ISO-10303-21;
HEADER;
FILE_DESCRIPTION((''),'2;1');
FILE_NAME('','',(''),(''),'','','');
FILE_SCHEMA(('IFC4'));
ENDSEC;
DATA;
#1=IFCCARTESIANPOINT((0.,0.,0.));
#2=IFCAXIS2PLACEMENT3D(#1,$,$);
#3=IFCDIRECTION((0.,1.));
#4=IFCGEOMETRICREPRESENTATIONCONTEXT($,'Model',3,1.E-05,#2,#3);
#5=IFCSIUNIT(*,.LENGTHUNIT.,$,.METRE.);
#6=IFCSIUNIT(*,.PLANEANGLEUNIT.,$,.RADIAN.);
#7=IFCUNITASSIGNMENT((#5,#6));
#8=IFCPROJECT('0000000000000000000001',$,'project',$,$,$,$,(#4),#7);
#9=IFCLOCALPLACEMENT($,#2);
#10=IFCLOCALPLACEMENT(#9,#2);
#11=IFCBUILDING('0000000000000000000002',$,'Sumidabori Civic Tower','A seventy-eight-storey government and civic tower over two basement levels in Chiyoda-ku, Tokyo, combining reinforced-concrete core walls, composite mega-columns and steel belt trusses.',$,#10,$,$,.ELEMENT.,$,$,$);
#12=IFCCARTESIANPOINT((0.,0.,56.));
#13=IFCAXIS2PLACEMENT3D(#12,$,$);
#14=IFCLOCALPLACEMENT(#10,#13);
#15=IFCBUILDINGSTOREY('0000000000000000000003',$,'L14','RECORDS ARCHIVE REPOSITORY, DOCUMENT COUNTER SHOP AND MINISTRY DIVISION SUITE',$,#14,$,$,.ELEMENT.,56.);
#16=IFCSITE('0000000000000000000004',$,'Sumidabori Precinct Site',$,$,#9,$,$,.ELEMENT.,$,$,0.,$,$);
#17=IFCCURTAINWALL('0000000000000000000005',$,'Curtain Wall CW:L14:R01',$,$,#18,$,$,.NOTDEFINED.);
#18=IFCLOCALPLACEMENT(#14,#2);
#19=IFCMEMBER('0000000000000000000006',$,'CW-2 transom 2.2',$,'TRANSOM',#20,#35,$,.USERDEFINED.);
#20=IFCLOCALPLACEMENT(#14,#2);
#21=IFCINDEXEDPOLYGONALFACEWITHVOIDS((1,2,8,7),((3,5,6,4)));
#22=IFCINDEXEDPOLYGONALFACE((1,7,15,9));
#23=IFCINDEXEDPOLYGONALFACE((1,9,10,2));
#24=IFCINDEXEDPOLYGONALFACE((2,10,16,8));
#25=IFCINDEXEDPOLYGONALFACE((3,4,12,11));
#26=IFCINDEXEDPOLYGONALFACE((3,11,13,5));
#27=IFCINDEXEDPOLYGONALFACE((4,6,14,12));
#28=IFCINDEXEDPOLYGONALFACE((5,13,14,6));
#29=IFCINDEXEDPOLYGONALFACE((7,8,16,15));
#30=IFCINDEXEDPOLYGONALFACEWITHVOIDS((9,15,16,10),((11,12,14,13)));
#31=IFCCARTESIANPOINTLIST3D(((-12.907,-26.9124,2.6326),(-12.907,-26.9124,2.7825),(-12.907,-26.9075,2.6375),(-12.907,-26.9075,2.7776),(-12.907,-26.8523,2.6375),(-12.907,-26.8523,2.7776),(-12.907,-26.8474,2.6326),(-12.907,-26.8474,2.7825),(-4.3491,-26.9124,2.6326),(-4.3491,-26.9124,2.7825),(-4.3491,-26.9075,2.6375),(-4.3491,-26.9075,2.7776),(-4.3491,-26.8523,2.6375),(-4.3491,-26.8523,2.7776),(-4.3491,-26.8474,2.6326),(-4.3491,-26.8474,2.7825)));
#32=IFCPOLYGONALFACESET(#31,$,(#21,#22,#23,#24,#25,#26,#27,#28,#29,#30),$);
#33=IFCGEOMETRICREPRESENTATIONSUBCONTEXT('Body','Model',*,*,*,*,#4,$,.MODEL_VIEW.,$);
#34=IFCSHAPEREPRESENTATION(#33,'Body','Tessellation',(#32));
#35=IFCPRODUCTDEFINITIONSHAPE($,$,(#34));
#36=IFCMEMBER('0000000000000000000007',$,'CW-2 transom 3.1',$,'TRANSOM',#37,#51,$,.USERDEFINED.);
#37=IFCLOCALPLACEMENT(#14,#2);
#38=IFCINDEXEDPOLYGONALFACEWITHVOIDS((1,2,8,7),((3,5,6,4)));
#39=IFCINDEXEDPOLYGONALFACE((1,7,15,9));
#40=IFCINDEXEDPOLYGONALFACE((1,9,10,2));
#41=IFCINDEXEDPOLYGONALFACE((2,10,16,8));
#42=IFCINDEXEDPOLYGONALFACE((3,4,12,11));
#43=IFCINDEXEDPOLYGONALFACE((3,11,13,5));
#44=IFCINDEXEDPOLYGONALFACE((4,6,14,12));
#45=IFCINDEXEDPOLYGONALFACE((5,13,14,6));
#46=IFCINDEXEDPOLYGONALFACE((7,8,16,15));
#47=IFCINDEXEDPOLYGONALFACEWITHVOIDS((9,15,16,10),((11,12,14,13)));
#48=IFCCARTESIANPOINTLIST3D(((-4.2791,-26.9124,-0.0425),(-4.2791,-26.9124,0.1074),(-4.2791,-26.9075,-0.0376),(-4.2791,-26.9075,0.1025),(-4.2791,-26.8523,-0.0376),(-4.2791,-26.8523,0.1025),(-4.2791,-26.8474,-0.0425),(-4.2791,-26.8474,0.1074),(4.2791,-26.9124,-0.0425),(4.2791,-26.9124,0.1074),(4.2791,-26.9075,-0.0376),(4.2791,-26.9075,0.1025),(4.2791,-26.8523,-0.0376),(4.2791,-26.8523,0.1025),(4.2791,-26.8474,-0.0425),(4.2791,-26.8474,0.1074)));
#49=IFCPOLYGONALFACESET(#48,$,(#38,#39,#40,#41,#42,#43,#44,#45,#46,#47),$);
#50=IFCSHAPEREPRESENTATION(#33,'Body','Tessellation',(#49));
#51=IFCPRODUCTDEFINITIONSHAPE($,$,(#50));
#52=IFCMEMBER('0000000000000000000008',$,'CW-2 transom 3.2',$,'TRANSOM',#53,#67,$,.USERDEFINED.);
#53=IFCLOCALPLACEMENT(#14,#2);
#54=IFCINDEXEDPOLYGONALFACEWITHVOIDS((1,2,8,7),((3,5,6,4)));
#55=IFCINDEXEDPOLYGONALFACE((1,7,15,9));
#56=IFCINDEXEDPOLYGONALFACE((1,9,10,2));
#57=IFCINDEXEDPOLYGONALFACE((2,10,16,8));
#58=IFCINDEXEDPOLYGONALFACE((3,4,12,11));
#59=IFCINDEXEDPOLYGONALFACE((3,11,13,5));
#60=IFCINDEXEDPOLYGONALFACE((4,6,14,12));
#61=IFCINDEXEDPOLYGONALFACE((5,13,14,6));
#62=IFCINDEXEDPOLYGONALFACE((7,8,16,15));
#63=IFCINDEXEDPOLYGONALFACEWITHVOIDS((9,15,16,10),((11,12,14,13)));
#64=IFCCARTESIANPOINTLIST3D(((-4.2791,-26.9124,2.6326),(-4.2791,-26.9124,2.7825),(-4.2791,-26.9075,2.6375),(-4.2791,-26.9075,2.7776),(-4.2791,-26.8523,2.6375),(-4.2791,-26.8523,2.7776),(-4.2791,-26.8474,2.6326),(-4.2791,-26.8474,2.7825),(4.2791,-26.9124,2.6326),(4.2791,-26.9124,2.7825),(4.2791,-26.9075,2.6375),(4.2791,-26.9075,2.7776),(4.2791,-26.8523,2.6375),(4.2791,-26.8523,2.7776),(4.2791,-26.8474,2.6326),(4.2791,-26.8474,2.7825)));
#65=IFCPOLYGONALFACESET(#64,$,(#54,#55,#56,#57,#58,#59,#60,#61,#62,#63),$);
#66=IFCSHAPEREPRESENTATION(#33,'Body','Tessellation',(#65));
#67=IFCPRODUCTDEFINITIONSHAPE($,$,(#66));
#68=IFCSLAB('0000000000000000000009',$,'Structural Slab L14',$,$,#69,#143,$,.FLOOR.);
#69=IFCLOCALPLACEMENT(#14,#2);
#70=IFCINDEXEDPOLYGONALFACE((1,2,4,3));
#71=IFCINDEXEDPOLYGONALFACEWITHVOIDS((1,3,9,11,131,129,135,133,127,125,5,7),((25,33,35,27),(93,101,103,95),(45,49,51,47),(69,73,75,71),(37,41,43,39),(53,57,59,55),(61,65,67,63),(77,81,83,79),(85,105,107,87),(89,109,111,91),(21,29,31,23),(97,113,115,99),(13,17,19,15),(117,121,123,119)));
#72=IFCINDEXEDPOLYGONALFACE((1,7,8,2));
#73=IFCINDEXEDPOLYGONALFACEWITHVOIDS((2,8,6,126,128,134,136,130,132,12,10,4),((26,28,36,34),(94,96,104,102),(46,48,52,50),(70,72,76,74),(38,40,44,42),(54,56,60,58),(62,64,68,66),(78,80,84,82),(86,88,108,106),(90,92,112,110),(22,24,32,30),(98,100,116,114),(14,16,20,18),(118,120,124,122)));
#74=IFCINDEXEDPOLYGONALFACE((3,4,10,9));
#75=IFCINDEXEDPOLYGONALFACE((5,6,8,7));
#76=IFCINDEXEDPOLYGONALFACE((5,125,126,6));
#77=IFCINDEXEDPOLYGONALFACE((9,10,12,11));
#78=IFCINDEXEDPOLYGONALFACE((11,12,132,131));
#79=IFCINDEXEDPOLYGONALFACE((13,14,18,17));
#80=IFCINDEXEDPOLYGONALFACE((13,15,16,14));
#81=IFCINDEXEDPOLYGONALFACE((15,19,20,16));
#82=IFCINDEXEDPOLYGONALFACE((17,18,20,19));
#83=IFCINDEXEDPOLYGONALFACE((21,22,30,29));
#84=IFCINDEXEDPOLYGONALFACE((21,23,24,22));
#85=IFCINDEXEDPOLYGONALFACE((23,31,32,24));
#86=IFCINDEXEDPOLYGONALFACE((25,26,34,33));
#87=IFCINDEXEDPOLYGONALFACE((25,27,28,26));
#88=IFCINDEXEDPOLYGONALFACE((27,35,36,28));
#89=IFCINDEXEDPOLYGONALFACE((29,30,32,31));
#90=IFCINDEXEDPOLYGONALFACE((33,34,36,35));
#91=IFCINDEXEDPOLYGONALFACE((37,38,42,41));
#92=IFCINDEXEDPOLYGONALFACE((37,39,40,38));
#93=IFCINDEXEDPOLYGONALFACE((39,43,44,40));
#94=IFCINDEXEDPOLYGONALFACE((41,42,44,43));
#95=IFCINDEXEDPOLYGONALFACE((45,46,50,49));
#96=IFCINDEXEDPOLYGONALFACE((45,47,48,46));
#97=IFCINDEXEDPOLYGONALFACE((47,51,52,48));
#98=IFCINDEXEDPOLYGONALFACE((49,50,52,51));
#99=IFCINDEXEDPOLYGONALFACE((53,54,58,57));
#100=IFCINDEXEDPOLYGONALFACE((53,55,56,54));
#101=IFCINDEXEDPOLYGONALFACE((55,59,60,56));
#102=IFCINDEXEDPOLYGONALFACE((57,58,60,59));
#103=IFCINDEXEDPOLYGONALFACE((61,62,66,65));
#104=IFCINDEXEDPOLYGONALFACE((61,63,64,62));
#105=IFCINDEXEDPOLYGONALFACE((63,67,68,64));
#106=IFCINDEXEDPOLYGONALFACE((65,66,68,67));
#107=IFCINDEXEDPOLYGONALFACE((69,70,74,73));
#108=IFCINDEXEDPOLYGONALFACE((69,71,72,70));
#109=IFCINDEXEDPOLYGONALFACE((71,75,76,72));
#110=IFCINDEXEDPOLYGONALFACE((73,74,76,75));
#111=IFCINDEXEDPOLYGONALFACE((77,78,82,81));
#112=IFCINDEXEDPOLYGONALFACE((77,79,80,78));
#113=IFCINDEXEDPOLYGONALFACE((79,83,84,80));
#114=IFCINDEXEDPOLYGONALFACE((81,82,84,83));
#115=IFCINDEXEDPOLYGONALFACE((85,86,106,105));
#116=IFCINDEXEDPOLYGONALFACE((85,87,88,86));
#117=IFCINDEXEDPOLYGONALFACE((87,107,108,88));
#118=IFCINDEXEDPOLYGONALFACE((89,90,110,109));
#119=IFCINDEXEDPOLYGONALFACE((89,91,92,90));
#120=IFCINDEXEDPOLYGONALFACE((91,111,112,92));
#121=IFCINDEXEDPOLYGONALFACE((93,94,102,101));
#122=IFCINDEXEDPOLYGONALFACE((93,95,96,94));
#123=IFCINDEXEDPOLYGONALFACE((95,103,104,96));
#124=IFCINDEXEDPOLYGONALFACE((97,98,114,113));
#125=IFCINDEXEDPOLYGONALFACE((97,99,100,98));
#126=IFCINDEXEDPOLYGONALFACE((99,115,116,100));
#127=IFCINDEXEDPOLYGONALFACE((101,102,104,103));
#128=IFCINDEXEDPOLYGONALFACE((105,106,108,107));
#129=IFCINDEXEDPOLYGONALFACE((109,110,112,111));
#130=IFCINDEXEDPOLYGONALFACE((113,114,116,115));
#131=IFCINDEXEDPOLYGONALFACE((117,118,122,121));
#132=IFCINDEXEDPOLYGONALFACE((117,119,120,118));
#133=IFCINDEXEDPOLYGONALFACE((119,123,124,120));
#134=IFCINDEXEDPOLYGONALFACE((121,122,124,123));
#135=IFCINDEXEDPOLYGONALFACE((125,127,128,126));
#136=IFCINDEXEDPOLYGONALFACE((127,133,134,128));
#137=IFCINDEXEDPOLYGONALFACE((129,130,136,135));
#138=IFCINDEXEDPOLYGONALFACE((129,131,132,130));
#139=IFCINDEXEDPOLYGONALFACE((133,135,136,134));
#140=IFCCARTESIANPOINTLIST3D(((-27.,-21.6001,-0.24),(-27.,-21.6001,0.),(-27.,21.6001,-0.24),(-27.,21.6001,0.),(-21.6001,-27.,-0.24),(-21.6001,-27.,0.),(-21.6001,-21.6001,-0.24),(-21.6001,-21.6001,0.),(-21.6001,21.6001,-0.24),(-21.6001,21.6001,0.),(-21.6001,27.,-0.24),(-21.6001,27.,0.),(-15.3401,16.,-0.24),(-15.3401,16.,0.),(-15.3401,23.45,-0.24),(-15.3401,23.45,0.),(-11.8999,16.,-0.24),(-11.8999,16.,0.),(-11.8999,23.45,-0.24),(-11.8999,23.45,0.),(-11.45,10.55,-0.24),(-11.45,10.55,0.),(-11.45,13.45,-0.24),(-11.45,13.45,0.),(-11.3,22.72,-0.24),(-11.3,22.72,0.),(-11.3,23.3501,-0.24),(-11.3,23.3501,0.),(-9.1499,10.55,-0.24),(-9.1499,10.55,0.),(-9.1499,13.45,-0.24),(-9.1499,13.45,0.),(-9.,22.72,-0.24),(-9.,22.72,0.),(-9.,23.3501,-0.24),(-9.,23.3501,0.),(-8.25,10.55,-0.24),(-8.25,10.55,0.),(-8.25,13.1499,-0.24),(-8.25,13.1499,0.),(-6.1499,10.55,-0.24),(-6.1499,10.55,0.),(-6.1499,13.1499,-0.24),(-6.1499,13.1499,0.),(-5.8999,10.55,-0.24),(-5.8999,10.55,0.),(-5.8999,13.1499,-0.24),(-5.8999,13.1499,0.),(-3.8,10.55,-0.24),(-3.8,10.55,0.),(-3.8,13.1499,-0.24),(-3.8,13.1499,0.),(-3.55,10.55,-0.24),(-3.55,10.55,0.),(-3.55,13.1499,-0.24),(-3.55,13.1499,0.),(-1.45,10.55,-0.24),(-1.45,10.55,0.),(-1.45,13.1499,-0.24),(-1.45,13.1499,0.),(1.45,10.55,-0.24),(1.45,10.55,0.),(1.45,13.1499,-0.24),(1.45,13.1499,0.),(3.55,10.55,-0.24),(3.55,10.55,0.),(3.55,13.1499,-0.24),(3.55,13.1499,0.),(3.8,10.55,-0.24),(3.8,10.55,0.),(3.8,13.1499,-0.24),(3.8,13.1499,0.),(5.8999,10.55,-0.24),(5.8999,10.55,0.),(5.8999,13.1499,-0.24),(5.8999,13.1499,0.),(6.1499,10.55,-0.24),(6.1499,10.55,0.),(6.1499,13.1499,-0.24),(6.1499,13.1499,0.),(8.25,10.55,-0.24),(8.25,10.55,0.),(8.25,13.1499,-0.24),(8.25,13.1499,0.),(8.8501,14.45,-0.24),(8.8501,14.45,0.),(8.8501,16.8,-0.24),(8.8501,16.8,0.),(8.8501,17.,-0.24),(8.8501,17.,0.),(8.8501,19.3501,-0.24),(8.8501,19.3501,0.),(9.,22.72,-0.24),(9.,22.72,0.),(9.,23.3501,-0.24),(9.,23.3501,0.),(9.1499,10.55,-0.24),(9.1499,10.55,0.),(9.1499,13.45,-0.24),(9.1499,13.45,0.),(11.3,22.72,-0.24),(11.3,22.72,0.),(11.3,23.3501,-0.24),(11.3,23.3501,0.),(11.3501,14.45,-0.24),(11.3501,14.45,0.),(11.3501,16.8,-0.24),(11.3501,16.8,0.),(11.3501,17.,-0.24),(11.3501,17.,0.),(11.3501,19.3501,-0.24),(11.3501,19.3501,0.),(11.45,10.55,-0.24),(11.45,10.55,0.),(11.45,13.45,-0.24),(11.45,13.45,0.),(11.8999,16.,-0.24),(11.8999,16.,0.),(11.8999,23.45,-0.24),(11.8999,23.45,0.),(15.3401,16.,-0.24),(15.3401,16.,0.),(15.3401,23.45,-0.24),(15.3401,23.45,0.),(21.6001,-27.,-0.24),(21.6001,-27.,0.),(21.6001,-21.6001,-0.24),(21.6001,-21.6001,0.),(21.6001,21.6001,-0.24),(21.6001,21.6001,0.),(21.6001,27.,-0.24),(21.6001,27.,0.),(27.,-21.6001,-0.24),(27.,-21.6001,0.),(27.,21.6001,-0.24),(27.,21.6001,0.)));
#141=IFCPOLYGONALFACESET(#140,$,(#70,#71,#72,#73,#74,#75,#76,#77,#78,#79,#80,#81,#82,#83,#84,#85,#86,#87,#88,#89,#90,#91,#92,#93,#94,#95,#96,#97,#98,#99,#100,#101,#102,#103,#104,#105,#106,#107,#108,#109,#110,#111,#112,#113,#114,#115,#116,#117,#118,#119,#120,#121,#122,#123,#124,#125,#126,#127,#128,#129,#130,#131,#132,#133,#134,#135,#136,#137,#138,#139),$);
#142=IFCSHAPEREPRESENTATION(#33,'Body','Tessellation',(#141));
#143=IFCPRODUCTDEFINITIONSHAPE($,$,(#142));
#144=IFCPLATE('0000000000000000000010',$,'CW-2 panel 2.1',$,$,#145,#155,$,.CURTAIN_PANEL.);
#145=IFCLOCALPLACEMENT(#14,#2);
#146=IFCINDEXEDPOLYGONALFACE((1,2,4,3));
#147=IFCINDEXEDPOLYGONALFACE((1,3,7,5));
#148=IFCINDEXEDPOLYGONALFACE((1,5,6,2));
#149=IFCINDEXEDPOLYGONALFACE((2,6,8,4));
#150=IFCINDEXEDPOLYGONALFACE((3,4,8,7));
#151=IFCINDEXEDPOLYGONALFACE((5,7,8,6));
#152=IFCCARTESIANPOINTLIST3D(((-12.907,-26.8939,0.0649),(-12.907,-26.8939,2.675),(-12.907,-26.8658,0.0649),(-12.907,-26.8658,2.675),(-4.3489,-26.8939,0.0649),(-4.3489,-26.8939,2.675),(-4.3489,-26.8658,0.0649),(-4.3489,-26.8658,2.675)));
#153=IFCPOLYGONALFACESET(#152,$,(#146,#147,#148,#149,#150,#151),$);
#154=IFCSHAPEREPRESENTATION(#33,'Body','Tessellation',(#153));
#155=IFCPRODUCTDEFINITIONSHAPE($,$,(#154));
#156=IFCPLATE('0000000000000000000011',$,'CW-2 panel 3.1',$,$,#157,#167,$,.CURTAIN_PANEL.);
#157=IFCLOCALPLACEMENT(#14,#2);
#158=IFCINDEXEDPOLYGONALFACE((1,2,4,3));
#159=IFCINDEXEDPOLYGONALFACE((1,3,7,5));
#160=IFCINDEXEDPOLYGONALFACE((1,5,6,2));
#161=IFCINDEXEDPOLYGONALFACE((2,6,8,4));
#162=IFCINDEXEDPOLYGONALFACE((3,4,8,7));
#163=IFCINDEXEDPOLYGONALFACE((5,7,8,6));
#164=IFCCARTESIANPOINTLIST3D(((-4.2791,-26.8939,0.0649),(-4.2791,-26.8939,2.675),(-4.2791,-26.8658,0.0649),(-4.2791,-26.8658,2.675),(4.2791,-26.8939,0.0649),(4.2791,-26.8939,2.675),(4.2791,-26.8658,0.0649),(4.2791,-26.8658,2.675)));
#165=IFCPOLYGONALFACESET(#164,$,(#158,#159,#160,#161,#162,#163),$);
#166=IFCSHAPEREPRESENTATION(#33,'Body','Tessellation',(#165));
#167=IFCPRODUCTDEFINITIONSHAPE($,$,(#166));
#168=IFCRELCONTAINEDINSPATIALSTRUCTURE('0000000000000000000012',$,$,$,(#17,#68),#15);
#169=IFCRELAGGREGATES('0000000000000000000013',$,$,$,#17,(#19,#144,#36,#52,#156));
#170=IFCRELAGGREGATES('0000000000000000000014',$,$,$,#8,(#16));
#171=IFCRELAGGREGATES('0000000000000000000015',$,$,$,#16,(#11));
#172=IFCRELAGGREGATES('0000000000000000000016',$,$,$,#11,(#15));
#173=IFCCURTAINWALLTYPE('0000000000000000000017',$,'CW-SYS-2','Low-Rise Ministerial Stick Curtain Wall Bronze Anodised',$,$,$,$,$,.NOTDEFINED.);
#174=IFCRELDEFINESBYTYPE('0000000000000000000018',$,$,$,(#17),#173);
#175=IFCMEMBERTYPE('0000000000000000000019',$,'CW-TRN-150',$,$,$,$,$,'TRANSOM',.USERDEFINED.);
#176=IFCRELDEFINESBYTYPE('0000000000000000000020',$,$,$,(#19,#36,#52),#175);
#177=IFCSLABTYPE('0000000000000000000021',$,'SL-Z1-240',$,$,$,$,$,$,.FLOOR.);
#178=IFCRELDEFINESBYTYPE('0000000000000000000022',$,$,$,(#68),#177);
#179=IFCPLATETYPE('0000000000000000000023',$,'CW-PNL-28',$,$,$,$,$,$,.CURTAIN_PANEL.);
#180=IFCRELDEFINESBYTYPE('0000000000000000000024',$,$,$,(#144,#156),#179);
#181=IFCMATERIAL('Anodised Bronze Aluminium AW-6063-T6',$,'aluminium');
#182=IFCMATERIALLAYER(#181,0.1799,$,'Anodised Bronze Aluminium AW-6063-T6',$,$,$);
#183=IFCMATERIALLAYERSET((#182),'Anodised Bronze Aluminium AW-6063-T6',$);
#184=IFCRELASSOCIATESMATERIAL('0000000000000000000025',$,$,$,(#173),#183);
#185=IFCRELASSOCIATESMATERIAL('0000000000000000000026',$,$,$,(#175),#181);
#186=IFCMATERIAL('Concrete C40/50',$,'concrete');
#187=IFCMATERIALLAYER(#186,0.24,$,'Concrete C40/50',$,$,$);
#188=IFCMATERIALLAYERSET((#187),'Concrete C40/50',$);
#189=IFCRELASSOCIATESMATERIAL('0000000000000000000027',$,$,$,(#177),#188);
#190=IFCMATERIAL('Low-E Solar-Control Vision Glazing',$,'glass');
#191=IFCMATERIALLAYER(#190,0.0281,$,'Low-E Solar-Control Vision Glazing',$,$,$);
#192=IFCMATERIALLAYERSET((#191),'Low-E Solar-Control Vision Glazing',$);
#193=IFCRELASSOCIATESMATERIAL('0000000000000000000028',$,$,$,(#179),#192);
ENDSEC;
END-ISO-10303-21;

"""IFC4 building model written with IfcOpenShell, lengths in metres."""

from ifc_helpers import new_model, si_unit, direction, frame, origin, origin_2d, place, context, subcontext, project, spatial, polyline, rectangle, hollow_rectangle, outline, extrude, source, transform, mapped, material, layer, layer_set, material_profile, profile_set, type_object, element, aggregate, save


model = new_model("IFC4")

# Units and contexts
model_context = context("Model", 3, precision=1e-05, world=origin(), true_north=direction((0.0, 1.0)))
body_context = subcontext(model_context, "Body", "Model", "MODEL_VIEW")
ifc_project = project(units=[si_unit("LENGTHUNIT", "METRE"), si_unit("PLANEANGLEUNIT", "RADIAN")], contexts=[model_context])

# Site, building, storey
site_placement = place(None, origin())
site = spatial("IfcSite", under=ifc_project, at=site_placement, Name="Sumidabori Precinct Site", CompositionType="ELEMENT", RefElevation=0.0)
building_placement = place(site_placement, origin())
building = spatial("IfcBuilding", under=site, at=building_placement, Name="Sumidabori Civic Tower", Description="A seventy-eight-storey government and civic tower over two basement levels in Chiyoda-ku, Tokyo, combining reinforced-concrete core walls, composite mega-columns and steel belt trusses.", CompositionType="ELEMENT")
storey_placement = place(building_placement, frame((0.0, 0.0, 56.0)))
storey = spatial("IfcBuildingStorey", under=building, at=storey_placement, Name="L14", Description="RECORDS ARCHIVE REPOSITORY, DOCUMENT COUNTER SHOP AND MINISTRY DIVISION SUITE", CompositionType="ELEMENT", Elevation=56.0)

# Curtain wall, members
ifc_material_1 = material(Name="Anodised Bronze Aluminium AW-6063-T6", Category="aluminium")
ifc_layer_1 = layer(ifc_material_1, 0.1799, Name="Anodised Bronze Aluminium AW-6063-T6")
ifc_layer_set_1 = layer_set([ifc_layer_1], Name="Anodised Bronze Aluminium AW-6063-T6")
curtain_wall_type = type_object("IfcCurtainWallType", Name="CW-SYS-2", Description="Low-Rise Ministerial Stick Curtain Wall Bronze Anodised", PredefinedType="NOTDEFINED", material=ifc_layer_set_1)
curtain_wall_placement = place(storey_placement, origin())
curtain_wall = element("IfcCurtainWall", 1, at=curtain_wall_placement, inside=storey, type_object=curtain_wall_type, Name="Curtain Wall CW:L14:R01", PredefinedType="NOTDEFINED")
ifc_material_profile_1 = material_profile(ifc_material_1, hollow_rectangle(XDim=0.0649, YDim=0.1499, WallThickness=0.0049, at=origin_2d()), Name="ALU TRANSOM 150x65")
ifc_profile_set_1 = profile_set([ifc_material_profile_1], Name="Anodised Bronze Aluminium AW-6063-T6")
member_type_1 = type_object("IfcMemberType", Name="CW-TRN-150", ElementType="TRANSOM", PredefinedType="USERDEFINED", material=ifc_profile_set_1)
shared_shape_1 = source(origin(), body_context, "Body", "SweptSolid", [
    extrude(hollow_rectangle(XDim=0.0649, YDim=0.1499, WallThickness=0.0049, at=origin_2d()), origin(), (0.0, 0.0, 1.0), 8.5579),
])
member_1_placement = place(storey_placement, frame((-12.907, -26.8799, 2.7075), z_axis=(1.0, 0.0, 0.0), x_axis=(0.0, 1.0, 0.0)))
member_1 = element("IfcMember", 2, at=member_1_placement, type_object=member_type_1, Name="CW-2 transom 2.2", ObjectType="TRANSOM", PredefinedType="USERDEFINED", context=body_context, shape_type="MappedRepresentation", body=[
    mapped(shared_shape_1, transform((0.0, 0.0, 0.0), x_axis=(1.0, 0.0, 0.0), y_axis=(0.0, 1.0, 0.0), z_axis=(0.0, 0.0, 1.0), scale=1.0)),
])
shared_shape_2 = source(origin(), body_context, "Body", "SweptSolid", [
    extrude(hollow_rectangle(XDim=0.0649, YDim=0.1499, WallThickness=0.0049, at=origin_2d()), origin(), (0.0, 0.0, 1.0), 8.5581),
])
member_2_placement = place(storey_placement, frame((-4.2791, -26.8799, 0.0325), z_axis=(1.0, 0.0, 0.0), x_axis=(0.0, 1.0, 0.0)))
member_2 = element("IfcMember", 3, at=member_2_placement, type_object=member_type_1, Name="CW-2 transom 3.1", ObjectType="TRANSOM", PredefinedType="USERDEFINED", context=body_context, shape_type="MappedRepresentation", body=[
    mapped(shared_shape_2, transform((0.0, 0.0, 0.0), x_axis=(1.0, 0.0, 0.0), y_axis=(0.0, 1.0, 0.0), z_axis=(0.0, 0.0, 1.0), scale=1.0)),
])
member_3_placement = place(storey_placement, frame((-4.2791, -26.8799, 2.7075), z_axis=(1.0, 0.0, 0.0), x_axis=(0.0, 1.0, 0.0)))
member_3 = element("IfcMember", 4, at=member_3_placement, type_object=member_type_1, Name="CW-2 transom 3.2", ObjectType="TRANSOM", PredefinedType="USERDEFINED", context=body_context, shape_type="MappedRepresentation", body=[
    mapped(shared_shape_2, transform((0.0, 0.0, 0.0), x_axis=(1.0, 0.0, 0.0), y_axis=(0.0, 1.0, 0.0), z_axis=(0.0, 0.0, 1.0), scale=1.0)),
])

# Slab
ifc_material_2 = material(Name="Concrete C40/50", Category="concrete")
ifc_layer_2 = layer(ifc_material_2, 0.24, Name="Concrete C40/50")
ifc_layer_set_2 = layer_set([ifc_layer_2], Name="Concrete C40/50")
slab_type = type_object("IfcSlabType", Name="SL-Z1-240", PredefinedType="FLOOR", material=ifc_layer_set_2)
slab_placement = place(storey_placement, frame((0.0, 0.0, -0.24)))
element("IfcSlab", 5, at=slab_placement, inside=storey, type_object=slab_type, Name="Structural Slab L14", PredefinedType="FLOOR", context=body_context, shape_type="SweptSolid", body=[
    extrude(outline(polyline([(-21.6001, -27.0), (21.6001, -27.0), (21.6001, -21.6001), (27.0, -21.6001), (27.0, 21.6001), (21.6001, 21.6001), (21.6001, 27.0), (-21.6001, 27.0), (-21.6001, 21.6001), (-27.0, 21.6001), (-27.0, -21.6001), (-21.6001, -21.6001), (-21.6001, -27.0)]), holes=[polyline([(-11.8999, 16.0), (-11.8999, 23.45), (-15.3401, 23.45), (-15.3401, 16.0), (-11.8999, 16.0)]), polyline([(15.3401, 16.0), (15.3401, 23.45), (11.8999, 23.45), (11.8999, 16.0), (15.3401, 16.0)]), polyline([(-11.45, 10.55), (-9.1499, 10.55), (-9.1499, 13.45), (-11.45, 13.45), (-11.45, 10.55)]), polyline([(9.1499, 10.55), (11.45, 10.55), (11.45, 13.45), (9.1499, 13.45), (9.1499, 10.55)]), polyline([(-8.25, 10.55), (-6.1499, 10.55), (-6.1499, 13.1499), (-8.25, 13.1499), (-8.25, 10.55)]), polyline([(-5.8999, 10.55), (-3.8, 10.55), (-3.8, 13.1499), (-5.8999, 13.1499), (-5.8999, 10.55)]), polyline([(-3.55, 10.55), (-1.45, 10.55), (-1.45, 13.1499), (-3.55, 13.1499), (-3.55, 10.55)]), polyline([(1.45, 10.55), (3.55, 10.55), (3.55, 13.1499), (1.45, 13.1499), (1.45, 10.55)]), polyline([(3.8, 10.55), (5.8999, 10.55), (5.8999, 13.1499), (3.8, 13.1499), (3.8, 10.55)]), polyline([(6.1499, 10.55), (8.25, 10.55), (8.25, 13.1499), (6.1499, 13.1499), (6.1499, 10.55)]), polyline([(8.8501, 14.45), (11.3501, 14.45), (11.3501, 16.8), (8.8501, 16.8), (8.8501, 14.45)]), polyline([(8.8501, 17.0), (11.3501, 17.0), (11.3501, 19.3501), (8.8501, 19.3501), (8.8501, 17.0)]), polyline([(-11.3, 22.72), (-9.0, 22.72), (-9.0, 23.3501), (-11.3, 23.3501), (-11.3, 22.72)]), polyline([(9.0, 22.72), (11.3, 22.72), (11.3, 23.3501), (9.0, 23.3501), (9.0, 22.72)])]), origin(), (0.0, 0.0, 1.0), 0.24),
])

# Plates
ifc_material_3 = material(Name="Low-E Solar-Control Vision Glazing", Category="glass")
ifc_layer_3 = layer(ifc_material_3, 0.0281, Name="Low-E Solar-Control Vision Glazing")
ifc_layer_set_3 = layer_set([ifc_layer_3], Name="Low-E Solar-Control Vision Glazing")
plate_type = type_object("IfcPlateType", Name="CW-PNL-28", PredefinedType="CURTAIN_PANEL", material=ifc_layer_set_3)
shared_shape_3 = source(origin(), body_context, "Body", "SweptSolid", [
    extrude(rectangle(XDim=8.5581, YDim=0.0281, at=origin_2d()), origin(), (0.0, 0.0, 1.0), 2.6101),
])
plate_1_placement = place(storey_placement, frame((-8.6279, -26.8799, 0.0649), z_axis=(0.0, 0.0, 1.0), x_axis=(1.0, 0.0, 0.0)))
plate_1 = element("IfcPlate", 6, at=plate_1_placement, type_object=plate_type, Name="CW-2 panel 2.1", PredefinedType="CURTAIN_PANEL", context=body_context, shape_type="MappedRepresentation", body=[
    mapped(shared_shape_3, transform((0.0, 0.0, 0.0), x_axis=(1.0, 0.0, 0.0), y_axis=(0.0, 1.0, 0.0), z_axis=(0.0, 0.0, 1.0), scale=1.0)),
])
plate_2_placement = place(storey_placement, frame((0.0, -26.8799, 0.0649), z_axis=(0.0, 0.0, 1.0), x_axis=(1.0, 0.0, 0.0)))
plate_2 = element("IfcPlate", 7, at=plate_2_placement, type_object=plate_type, Name="CW-2 panel 3.1", PredefinedType="CURTAIN_PANEL", context=body_context, shape_type="MappedRepresentation", body=[
    mapped(shared_shape_3, transform((0.0, 0.0, 0.0), x_axis=(1.0, 0.0, 0.0), y_axis=(0.0, 1.0, 0.0), z_axis=(0.0, 0.0, 1.0), scale=1.0)),
])
aggregate(curtain_wall, [member_1, plate_1, member_2, member_3, plate_2])

save(model, "model.ifc")
